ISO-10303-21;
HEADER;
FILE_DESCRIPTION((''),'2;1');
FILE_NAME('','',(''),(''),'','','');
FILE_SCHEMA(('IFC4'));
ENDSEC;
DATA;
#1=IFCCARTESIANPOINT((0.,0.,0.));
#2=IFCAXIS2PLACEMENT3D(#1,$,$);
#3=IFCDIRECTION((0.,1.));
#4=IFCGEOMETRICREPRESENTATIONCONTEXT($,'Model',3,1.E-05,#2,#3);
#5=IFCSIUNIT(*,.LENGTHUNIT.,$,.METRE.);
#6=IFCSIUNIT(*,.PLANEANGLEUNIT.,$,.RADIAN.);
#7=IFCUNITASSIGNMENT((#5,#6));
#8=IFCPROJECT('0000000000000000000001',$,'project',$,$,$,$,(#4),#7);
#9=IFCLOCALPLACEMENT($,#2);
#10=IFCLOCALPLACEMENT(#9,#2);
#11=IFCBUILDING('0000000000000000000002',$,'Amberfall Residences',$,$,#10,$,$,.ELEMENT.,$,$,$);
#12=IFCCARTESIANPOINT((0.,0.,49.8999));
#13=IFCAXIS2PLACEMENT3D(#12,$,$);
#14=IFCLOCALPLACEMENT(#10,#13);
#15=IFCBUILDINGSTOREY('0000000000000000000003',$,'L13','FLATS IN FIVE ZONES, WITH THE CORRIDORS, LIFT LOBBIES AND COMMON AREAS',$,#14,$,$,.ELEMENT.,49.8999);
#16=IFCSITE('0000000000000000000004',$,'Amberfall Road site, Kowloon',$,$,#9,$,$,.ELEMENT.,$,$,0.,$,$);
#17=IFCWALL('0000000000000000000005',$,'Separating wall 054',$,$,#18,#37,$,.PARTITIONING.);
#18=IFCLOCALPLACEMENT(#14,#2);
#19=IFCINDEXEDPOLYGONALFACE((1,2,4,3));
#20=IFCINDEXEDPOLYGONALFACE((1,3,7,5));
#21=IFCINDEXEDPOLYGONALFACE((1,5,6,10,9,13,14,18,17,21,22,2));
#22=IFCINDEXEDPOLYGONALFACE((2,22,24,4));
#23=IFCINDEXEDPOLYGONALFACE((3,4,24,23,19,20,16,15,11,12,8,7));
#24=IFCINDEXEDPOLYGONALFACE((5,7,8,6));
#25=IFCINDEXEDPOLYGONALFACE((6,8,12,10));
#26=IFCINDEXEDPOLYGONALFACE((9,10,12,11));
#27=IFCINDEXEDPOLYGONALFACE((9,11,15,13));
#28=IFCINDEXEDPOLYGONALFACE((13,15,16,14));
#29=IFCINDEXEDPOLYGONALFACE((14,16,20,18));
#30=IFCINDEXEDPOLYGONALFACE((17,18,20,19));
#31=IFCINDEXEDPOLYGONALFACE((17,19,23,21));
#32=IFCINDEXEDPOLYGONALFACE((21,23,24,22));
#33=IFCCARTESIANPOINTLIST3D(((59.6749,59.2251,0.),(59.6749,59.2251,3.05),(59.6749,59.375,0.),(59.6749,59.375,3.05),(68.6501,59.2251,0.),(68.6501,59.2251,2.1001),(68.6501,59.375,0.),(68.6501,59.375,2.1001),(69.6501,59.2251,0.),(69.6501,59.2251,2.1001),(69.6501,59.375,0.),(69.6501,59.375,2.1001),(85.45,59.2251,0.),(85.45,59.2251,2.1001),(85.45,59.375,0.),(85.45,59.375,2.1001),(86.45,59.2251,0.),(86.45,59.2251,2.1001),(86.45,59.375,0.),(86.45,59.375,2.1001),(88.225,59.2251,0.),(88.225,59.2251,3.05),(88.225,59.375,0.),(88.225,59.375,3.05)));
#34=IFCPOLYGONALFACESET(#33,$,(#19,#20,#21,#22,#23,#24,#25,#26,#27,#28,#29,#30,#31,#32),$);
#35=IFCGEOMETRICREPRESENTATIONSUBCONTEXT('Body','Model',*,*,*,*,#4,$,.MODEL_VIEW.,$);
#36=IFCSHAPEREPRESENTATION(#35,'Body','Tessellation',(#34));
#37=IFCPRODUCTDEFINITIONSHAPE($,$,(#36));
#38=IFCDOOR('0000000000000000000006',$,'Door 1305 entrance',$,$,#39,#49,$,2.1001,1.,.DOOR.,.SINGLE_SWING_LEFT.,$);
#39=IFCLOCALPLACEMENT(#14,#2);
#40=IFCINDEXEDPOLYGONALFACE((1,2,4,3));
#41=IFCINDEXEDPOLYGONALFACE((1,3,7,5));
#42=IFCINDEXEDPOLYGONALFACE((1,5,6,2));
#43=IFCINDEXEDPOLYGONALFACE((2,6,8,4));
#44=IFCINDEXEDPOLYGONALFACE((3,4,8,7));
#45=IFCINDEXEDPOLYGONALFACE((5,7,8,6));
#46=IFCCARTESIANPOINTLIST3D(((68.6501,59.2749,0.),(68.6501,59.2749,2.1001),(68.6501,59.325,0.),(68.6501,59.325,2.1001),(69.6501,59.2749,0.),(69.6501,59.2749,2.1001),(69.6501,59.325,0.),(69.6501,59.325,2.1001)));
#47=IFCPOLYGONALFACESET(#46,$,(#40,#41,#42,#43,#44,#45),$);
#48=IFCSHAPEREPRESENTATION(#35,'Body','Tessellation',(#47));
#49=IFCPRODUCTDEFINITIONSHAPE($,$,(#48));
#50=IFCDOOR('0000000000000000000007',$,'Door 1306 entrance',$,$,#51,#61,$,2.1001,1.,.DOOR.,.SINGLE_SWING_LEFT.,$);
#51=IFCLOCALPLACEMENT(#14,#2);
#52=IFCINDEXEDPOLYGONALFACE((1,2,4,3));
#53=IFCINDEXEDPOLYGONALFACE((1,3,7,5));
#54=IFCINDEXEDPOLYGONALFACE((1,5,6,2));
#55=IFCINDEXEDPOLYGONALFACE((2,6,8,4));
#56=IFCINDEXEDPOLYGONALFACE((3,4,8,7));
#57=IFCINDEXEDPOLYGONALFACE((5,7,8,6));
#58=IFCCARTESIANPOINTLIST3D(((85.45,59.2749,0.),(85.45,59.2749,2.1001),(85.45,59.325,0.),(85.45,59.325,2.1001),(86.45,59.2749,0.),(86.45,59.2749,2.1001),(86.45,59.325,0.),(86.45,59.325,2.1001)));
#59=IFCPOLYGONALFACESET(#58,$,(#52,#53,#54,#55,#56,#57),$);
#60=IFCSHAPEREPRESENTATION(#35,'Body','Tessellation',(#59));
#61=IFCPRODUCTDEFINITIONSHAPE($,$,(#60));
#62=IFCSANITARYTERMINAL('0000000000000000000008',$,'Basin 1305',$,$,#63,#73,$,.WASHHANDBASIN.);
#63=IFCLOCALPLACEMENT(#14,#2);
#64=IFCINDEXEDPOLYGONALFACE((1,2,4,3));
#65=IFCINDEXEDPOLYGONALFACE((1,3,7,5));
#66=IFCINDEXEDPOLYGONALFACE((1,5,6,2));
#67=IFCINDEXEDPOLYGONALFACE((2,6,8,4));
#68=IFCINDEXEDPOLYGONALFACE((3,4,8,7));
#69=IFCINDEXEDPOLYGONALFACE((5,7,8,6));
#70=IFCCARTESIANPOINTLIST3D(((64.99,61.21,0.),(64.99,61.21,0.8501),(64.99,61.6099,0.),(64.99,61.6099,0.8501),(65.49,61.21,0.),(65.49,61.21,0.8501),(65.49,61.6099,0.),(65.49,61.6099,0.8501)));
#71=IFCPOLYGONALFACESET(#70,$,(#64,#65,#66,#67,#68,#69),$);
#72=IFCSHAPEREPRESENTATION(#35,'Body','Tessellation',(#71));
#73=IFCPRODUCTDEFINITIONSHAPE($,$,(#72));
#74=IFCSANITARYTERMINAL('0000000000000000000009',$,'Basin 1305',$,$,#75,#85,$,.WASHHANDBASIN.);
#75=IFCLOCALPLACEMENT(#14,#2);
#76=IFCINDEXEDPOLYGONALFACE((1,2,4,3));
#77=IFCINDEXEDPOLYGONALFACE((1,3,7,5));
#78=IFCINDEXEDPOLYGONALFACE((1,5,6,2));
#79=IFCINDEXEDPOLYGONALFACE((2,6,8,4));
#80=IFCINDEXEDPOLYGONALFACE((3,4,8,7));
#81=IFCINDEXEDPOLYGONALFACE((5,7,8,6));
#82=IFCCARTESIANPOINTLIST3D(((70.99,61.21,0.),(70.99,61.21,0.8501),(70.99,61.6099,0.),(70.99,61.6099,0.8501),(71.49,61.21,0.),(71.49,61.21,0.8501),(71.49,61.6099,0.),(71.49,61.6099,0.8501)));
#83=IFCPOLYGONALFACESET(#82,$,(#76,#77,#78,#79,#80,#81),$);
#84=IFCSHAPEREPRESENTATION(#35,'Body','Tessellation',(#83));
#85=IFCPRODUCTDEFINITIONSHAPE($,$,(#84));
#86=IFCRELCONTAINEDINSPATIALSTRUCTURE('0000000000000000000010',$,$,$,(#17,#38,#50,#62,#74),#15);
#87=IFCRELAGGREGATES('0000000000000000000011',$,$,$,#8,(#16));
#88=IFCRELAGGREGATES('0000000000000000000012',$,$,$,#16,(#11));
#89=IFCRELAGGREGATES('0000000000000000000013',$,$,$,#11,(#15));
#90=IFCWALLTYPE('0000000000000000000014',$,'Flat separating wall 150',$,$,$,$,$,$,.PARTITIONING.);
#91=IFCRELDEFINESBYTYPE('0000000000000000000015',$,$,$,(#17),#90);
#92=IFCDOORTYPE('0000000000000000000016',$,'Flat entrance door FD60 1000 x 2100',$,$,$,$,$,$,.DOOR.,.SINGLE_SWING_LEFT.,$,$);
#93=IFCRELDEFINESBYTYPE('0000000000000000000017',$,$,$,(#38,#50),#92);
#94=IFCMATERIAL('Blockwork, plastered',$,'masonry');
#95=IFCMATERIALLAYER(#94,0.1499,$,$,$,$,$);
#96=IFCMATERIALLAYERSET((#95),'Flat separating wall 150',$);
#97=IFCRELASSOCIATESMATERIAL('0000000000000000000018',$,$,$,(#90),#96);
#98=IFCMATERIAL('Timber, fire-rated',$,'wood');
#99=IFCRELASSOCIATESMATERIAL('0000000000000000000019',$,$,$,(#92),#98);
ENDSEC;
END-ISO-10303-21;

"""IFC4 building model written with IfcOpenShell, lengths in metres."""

from ifc_helpers import new_model, si_unit, direction, frame, frame_2d, origin, origin_2d, place, context, subcontext, project, spatial, rectangle, extrude, material, layer, layer_set, type_object, element, fill, save


model = new_model("IFC4")

# Units and contexts
model_context = context("Model", 3, precision=1e-05, world=origin(), true_north=direction((0.0, 1.0)))
body_context = subcontext(model_context, "Body", "Model", "MODEL_VIEW")
ifc_project = project(units=[si_unit("LENGTHUNIT", "METRE"), si_unit("PLANEANGLEUNIT", "RADIAN")], contexts=[model_context])

# Site, building, storey
site_placement = place(None, origin())
site = spatial("IfcSite", under=ifc_project, at=site_placement, Name="Amberfall Road site, Kowloon", CompositionType="ELEMENT", RefElevation=0.0)
building_placement = place(site_placement, origin())
building = spatial("IfcBuilding", under=site, at=building_placement, Name="Amberfall Residences", CompositionType="ELEMENT")
storey_placement = place(building_placement, frame((0.0, 0.0, 49.8999)))
storey = spatial("IfcBuildingStorey", under=building, at=storey_placement, Name="L13", Description="FLATS IN FIVE ZONES, WITH THE CORRIDORS, LIFT LOBBIES AND COMMON AREAS", CompositionType="ELEMENT", Elevation=49.8999)

# Shared definitions
ifc_material_1 = material(Name="Blockwork, plastered", Category="masonry")
ifc_layer_1 = layer(ifc_material_1, 0.1499)
ifc_layer_set_1 = layer_set([ifc_layer_1], Name="Flat separating wall 150")
wall_type_1 = type_object("IfcWallType", Name="Flat separating wall 150", PredefinedType="PARTITIONING", material=ifc_layer_set_1)

# Wall, openings, doors
wall_1_placement = place(storey_placement, frame((59.675, 59.3, 0.0), z_axis=(0.0, 0.0, 1.0), x_axis=(1.0, 0.0, 0.0)))
wall_1 = element("IfcWall", 1, at=wall_1_placement, inside=storey, type_object=wall_type_1, Name="Separating wall 054", PredefinedType="PARTITIONING", context=body_context, shape_type="SweptSolid", body=[
    extrude(rectangle(XDim=28.55, YDim=0.1499, at=frame_2d((14.2749, 0.0))), origin(), (0.0, 0.0, 1.0), 3.05),
])
opening_1_placement = place(wall_1_placement, frame((8.9751, 0.0, 0.0)))
opening_1 = element("IfcOpeningElement", 2, at=opening_1_placement, cuts=wall_1, PredefinedType="OPENING", context=body_context, shape_type="SweptSolid", body=[
    extrude(rectangle(XDim=1.0, YDim=2.1001, at=frame_2d((0.5, 1.05))), frame((0.0, 0.085, 0.0), z_axis=(0.0, -1.0, 0.0), x_axis=(1.0, 0.0, 0.0)), (0.0, 0.0, 1.0), 0.1699),
])
opening_2_placement = place(wall_1_placement, frame((25.7749, 0.0, 0.0)))
opening_2 = element("IfcOpeningElement", 3, at=opening_2_placement, cuts=wall_1, PredefinedType="OPENING", context=body_context, shape_type="SweptSolid", body=[
    extrude(rectangle(XDim=1.0, YDim=2.1001, at=frame_2d((0.5, 1.05))), frame((0.0, 0.085, 0.0), z_axis=(0.0, -1.0, 0.0), x_axis=(1.0, 0.0, 0.0)), (0.0, 0.0, 1.0), 0.1699),
])
ifc_material_2 = material(Name="Timber, fire-rated", Category="wood")
door_type_1 = type_object("IfcDoorType", Name="Flat entrance door FD60 1000 x 2100", OperationType="SINGLE_SWING_LEFT", PredefinedType="DOOR", material=ifc_material_2)
door_1_placement = place(opening_1_placement, origin())
door_1 = element("IfcDoor", 4, at=door_1_placement, inside=storey, type_object=door_type_1, Name="Door 1305 entrance", OperationType="SINGLE_SWING_LEFT", OverallHeight=2.1001, OverallWidth=1.0, PredefinedType="DOOR", context=body_context, shape_type="SweptSolid", body=[
    extrude(rectangle(XDim=1.0, YDim=2.1001, at=frame_2d((0.5, 1.05))), frame((0.0, 0.0249, 0.0), z_axis=(0.0, -1.0, 0.0), x_axis=(1.0, 0.0, 0.0)), (0.0, 0.0, 1.0), 0.05),
])
fill(opening_1, door_1)
door_2_placement = place(opening_2_placement, origin())
door_2 = element("IfcDoor", 5, at=door_2_placement, inside=storey, type_object=door_type_1, Name="Door 1306 entrance", OperationType="SINGLE_SWING_LEFT", OverallHeight=2.1001, OverallWidth=1.0, PredefinedType="DOOR", context=body_context, shape_type="SweptSolid", body=[
    extrude(rectangle(XDim=1.0, YDim=2.1001, at=frame_2d((0.5, 1.05))), frame((0.0, 0.0249, 0.0), z_axis=(0.0, -1.0, 0.0), x_axis=(1.0, 0.0, 0.0)), (0.0, 0.0, 1.0), 0.05),
])
fill(opening_2, door_2)

# Sanitary terminals
for number, where, z_axis, x_axis, name in (
    (6, (65.24, 61.4099, 0.0), (0.0, 0.0, 1.0), (1.0, 0.0, 0.0), "Basin 1305"),
    (7, (71.24, 61.4099, 0.0), (0.0, 0.0, 1.0), (1.0, 0.0, 0.0), "Basin 1305"),
):
    element("IfcSanitaryTerminal", number, at=place(storey_placement, frame(where, z_axis=z_axis, x_axis=x_axis)), inside=storey, Name=name, PredefinedType="WASHHANDBASIN", context=body_context, shape_type="SweptSolid", body=[
        extrude(rectangle(XDim=0.5, YDim=0.3999, at=origin_2d()), origin(), (0.0, 0.0, 1.0), 0.8501),
    ])

save(model, "model.ifc")
